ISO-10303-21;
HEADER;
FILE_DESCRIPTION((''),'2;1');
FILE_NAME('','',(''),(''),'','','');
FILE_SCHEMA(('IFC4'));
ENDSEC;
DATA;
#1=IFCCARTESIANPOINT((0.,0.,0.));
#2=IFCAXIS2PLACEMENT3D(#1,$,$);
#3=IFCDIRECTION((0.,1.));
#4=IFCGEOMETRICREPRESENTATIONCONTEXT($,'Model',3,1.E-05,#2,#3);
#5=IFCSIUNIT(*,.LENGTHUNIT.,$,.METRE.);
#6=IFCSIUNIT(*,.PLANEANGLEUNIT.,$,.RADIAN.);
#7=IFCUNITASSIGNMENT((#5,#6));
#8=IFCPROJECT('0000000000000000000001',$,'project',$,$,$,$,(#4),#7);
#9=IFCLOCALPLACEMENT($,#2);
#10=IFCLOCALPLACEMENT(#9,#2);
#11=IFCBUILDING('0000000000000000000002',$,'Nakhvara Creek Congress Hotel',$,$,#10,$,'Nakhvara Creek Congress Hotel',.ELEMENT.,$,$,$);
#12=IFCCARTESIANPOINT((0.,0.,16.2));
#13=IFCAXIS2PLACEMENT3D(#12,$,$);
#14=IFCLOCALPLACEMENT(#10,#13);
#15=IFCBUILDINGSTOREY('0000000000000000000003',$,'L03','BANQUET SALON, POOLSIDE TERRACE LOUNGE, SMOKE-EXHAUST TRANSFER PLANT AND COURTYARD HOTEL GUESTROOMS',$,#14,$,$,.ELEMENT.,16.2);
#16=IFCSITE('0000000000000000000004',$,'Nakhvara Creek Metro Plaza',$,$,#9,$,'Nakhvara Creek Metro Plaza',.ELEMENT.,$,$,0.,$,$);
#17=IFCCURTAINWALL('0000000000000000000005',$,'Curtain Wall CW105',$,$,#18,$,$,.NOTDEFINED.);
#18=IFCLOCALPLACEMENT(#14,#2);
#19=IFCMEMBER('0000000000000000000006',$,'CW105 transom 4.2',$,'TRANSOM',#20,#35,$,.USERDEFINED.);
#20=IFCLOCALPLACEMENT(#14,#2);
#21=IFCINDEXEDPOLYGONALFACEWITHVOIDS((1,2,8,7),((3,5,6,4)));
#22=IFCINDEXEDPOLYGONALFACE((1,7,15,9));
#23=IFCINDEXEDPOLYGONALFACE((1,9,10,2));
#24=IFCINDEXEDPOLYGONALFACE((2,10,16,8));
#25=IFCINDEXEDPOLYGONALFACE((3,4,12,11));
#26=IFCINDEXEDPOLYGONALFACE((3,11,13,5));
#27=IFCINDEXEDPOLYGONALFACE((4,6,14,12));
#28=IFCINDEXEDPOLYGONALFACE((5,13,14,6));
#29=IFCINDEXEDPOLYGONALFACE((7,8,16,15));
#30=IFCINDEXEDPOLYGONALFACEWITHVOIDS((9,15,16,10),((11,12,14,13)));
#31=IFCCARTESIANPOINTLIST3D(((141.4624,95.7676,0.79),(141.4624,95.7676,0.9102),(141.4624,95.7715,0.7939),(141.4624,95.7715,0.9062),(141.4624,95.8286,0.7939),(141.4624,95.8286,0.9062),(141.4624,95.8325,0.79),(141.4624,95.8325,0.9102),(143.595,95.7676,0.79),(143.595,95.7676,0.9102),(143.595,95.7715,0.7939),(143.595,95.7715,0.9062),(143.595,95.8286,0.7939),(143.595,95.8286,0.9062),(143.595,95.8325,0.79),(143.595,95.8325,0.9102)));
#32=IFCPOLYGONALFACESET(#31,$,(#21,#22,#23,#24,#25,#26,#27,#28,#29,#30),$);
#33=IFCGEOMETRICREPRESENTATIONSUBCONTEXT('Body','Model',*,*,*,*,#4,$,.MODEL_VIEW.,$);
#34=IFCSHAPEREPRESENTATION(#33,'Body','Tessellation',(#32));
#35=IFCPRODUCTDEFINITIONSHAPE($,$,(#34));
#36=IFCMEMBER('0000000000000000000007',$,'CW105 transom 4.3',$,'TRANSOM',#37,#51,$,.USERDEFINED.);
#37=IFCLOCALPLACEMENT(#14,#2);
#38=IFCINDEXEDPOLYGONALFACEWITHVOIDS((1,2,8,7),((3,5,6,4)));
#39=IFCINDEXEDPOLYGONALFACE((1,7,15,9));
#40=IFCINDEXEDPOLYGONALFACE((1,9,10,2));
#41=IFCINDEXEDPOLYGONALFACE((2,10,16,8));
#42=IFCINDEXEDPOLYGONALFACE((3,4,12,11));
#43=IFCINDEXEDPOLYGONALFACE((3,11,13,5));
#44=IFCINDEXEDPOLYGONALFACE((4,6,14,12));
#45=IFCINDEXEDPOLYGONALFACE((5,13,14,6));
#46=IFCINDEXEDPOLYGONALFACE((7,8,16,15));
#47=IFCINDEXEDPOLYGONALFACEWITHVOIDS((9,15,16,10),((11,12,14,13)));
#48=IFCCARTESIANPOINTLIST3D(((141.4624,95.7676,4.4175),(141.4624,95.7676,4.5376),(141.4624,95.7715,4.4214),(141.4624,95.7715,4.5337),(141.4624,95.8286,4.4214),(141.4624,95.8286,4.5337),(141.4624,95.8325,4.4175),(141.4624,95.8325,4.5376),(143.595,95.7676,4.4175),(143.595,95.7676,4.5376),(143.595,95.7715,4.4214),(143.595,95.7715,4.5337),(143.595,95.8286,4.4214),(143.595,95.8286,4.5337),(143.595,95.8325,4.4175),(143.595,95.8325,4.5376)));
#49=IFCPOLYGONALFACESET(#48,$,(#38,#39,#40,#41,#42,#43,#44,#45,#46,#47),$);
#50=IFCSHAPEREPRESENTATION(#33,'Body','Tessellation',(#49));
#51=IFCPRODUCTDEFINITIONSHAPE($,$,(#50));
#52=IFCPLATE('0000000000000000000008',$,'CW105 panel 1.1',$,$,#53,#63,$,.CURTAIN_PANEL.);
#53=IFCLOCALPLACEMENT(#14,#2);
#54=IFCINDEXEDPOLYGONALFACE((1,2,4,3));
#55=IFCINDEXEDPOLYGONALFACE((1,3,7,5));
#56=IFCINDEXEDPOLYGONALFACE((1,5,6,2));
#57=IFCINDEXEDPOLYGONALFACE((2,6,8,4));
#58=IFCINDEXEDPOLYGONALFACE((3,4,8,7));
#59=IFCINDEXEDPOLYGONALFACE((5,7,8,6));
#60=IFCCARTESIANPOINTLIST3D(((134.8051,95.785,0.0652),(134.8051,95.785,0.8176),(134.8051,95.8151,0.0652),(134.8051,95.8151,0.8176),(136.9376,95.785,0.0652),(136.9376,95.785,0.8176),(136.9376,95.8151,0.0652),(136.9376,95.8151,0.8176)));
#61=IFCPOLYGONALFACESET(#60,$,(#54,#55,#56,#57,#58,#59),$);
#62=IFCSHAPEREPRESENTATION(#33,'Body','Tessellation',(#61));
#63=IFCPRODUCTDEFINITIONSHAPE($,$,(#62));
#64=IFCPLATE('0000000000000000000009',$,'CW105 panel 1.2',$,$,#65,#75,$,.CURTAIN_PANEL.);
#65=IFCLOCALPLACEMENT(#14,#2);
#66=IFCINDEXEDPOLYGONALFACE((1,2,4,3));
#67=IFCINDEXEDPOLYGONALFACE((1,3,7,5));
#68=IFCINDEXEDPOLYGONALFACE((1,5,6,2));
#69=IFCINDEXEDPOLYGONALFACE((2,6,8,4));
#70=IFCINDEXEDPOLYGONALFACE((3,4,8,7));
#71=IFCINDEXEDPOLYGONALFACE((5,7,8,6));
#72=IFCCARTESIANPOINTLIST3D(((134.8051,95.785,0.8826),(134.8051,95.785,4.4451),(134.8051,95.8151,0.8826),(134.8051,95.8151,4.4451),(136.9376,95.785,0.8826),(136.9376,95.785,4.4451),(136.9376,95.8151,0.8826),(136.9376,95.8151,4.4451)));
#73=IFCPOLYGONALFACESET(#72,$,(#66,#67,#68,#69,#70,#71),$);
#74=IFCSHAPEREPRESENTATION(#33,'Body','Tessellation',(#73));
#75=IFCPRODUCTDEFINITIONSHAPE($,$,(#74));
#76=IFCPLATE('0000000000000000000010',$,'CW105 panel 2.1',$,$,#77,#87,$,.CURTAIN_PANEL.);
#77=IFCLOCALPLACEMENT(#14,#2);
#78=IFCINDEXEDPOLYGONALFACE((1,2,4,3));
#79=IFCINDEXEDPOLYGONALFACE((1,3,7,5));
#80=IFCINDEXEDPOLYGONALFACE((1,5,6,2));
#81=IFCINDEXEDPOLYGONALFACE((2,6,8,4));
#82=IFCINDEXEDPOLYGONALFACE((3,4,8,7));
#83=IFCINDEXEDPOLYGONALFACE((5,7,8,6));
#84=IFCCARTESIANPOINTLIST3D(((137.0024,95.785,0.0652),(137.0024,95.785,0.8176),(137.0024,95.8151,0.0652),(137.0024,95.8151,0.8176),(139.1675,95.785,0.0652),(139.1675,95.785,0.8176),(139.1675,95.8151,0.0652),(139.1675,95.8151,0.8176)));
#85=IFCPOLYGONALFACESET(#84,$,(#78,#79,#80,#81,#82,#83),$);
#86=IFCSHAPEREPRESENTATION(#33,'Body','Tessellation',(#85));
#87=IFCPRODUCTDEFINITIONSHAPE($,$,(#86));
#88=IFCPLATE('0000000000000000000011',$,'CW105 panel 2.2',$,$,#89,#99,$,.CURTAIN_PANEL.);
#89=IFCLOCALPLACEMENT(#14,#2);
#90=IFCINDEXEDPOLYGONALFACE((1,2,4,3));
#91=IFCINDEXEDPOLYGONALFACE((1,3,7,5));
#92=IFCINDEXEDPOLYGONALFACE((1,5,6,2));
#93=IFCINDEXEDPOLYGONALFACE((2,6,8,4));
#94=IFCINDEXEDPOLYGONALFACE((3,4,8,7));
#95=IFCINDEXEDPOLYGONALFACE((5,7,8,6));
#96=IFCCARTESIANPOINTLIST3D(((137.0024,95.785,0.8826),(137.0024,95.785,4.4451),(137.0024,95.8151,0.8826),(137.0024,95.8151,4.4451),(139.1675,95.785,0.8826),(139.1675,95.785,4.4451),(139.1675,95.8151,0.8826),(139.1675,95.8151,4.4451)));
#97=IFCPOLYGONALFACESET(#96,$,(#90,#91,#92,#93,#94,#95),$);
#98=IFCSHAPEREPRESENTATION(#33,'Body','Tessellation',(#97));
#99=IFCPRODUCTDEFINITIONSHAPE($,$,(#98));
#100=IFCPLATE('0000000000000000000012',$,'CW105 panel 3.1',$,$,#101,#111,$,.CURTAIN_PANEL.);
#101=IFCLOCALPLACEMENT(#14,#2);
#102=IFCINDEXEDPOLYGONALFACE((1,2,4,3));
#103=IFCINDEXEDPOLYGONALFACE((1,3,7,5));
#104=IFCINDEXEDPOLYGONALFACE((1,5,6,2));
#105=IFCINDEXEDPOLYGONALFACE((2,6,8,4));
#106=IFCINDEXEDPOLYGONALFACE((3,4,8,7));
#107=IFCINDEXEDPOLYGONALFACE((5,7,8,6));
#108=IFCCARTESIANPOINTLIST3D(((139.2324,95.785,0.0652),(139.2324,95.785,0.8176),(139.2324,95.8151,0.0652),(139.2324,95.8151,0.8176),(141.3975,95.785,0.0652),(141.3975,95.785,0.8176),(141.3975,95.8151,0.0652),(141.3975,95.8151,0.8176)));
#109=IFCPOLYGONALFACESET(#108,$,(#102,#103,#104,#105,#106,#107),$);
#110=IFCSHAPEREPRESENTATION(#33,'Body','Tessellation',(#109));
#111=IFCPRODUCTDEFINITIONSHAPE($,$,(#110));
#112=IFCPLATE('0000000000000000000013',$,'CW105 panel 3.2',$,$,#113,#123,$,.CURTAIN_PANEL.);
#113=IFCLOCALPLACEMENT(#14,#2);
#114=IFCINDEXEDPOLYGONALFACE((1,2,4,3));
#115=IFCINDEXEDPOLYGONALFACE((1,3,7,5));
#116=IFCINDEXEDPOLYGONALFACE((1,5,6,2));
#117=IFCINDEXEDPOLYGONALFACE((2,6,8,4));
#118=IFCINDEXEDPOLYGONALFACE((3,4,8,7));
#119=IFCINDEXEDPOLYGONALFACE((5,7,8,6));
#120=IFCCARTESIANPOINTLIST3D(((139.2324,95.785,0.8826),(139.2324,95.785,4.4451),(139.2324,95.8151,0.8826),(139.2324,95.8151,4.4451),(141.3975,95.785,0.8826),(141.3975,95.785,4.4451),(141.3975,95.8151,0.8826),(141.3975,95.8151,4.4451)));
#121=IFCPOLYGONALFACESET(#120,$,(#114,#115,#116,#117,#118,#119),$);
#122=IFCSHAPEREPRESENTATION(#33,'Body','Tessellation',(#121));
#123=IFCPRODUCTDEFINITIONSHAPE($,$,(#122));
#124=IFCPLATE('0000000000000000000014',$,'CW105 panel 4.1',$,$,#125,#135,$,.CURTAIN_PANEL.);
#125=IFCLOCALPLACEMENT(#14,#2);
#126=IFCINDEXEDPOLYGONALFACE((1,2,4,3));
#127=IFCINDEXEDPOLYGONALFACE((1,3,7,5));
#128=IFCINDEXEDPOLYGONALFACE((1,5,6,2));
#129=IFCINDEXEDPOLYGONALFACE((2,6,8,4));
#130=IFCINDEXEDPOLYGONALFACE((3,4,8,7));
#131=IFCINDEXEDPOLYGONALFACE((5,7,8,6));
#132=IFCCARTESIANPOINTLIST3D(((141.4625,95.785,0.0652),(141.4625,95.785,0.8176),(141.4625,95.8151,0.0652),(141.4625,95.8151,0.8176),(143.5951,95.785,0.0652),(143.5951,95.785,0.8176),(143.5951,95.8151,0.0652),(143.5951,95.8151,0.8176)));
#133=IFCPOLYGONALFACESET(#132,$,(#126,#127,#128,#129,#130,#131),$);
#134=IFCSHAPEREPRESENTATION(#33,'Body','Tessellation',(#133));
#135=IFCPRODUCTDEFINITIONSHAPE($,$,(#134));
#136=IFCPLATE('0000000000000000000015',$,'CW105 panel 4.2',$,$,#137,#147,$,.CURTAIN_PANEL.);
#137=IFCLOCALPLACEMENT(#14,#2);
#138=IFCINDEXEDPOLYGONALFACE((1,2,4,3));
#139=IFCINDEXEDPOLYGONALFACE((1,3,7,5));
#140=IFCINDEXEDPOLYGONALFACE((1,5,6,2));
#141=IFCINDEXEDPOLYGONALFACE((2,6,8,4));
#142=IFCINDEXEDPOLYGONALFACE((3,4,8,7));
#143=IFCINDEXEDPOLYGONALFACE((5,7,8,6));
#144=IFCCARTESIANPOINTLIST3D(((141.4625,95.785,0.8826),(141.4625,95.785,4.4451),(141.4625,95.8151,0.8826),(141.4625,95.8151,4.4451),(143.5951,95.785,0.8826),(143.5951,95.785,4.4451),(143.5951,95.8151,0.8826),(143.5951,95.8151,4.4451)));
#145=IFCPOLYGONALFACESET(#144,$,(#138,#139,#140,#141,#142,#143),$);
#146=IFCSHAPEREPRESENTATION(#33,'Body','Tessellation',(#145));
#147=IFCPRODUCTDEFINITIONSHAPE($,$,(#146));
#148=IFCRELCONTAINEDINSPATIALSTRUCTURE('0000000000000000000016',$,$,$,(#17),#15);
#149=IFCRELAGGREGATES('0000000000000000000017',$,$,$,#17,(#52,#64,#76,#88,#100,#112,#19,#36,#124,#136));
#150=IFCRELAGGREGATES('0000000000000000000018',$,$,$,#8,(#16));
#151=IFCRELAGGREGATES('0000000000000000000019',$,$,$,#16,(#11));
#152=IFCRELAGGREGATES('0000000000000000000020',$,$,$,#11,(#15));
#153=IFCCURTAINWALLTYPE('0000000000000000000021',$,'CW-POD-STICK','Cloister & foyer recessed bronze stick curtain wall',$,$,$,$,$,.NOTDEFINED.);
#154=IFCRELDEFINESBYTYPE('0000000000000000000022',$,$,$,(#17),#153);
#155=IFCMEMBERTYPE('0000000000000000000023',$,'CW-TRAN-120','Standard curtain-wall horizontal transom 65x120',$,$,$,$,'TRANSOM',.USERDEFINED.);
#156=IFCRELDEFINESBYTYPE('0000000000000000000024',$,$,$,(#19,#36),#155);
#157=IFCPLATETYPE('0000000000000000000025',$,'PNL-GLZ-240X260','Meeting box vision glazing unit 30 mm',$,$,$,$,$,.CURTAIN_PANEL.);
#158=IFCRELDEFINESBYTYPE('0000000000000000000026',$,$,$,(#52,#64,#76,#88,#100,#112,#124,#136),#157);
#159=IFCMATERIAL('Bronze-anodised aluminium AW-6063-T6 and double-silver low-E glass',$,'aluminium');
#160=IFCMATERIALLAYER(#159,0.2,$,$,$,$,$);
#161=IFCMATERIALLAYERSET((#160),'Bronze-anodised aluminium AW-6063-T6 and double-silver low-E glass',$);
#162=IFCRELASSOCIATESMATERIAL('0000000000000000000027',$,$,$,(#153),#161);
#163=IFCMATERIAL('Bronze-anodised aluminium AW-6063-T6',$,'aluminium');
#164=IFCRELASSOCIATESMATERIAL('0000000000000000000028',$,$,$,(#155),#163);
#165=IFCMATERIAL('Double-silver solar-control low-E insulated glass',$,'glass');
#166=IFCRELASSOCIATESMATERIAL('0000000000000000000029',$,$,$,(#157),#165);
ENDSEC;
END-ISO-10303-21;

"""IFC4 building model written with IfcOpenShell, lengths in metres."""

from ifc_helpers import new_model, si_unit, direction, frame, origin, origin_2d, place, context, subcontext, project, spatial, rectangle, hollow_rectangle, extrude, material, layer, layer_set, material_profile, profile_set, type_object, element, aggregate, save


model = new_model("IFC4")

# Units and contexts
model_context = context("Model", 3, precision=1e-05, world=origin(), true_north=direction((0.0, 1.0)))
body_context = subcontext(model_context, "Body", "Model", "MODEL_VIEW")
ifc_project = project(units=[si_unit("LENGTHUNIT", "METRE"), si_unit("PLANEANGLEUNIT", "RADIAN")], contexts=[model_context])

# Site, building, storey
site_placement = place(None, origin())
site = spatial("IfcSite", under=ifc_project, at=site_placement, Name="Nakhvara Creek Metro Plaza", LongName="Nakhvara Creek Metro Plaza", CompositionType="ELEMENT", RefElevation=0.0)
building_placement = place(site_placement, origin())
building = spatial("IfcBuilding", under=site, at=building_placement, Name="Nakhvara Creek Congress Hotel", LongName="Nakhvara Creek Congress Hotel", CompositionType="ELEMENT")
storey_placement = place(building_placement, frame((0.0, 0.0, 16.2)))
storey = spatial("IfcBuildingStorey", under=building, at=storey_placement, Name="L03", Description="BANQUET SALON, POOLSIDE TERRACE LOUNGE, SMOKE-EXHAUST TRANSFER PLANT AND COURTYARD HOTEL GUESTROOMS", CompositionType="ELEMENT", Elevation=16.2)

# Curtain wall, members, plates
ifc_material_1 = material(Name="Bronze-anodised aluminium AW-6063-T6 and double-silver low-E glass", Category="aluminium")
ifc_layer = layer(ifc_material_1, 0.2)
ifc_layer_set = layer_set([ifc_layer], Name="Bronze-anodised aluminium AW-6063-T6 and double-silver low-E glass")
curtain_wall_type = type_object("IfcCurtainWallType", Name="CW-POD-STICK", Description="Cloister & foyer recessed bronze stick curtain wall", PredefinedType="NOTDEFINED", material=ifc_layer_set)
curtain_wall_placement = place(storey_placement, origin())
curtain_wall = element("IfcCurtainWall", 1, at=curtain_wall_placement, inside=storey, type_object=curtain_wall_type, Name="Curtain Wall CW105", PredefinedType="NOTDEFINED")
ifc_material_2 = material(Name="Bronze-anodised aluminium AW-6063-T6", Category="aluminium")
ifc_material_profile_1 = material_profile(ifc_material_2, hollow_rectangle(XDim=0.0649, YDim=0.1201, WallThickness=0.0039, at=origin_2d()), Name="ALU-TRAN 65x120x4", Category="LoadBearing")
ifc_profile_set_1 = profile_set([ifc_material_profile_1], Name="Bronze-anodised aluminium AW-6063-T6")
member_type_1 = type_object("IfcMemberType", Name="CW-TRAN-120", Description="Standard curtain-wall horizontal transom 65x120", ElementType="TRANSOM", PredefinedType="USERDEFINED", material=ifc_profile_set_1)
member_1_placement = place(storey_placement, frame((141.4624, 95.8, 0.8501), z_axis=(1.0, 0.0, 0.0), x_axis=(0.0, 1.0, 0.0)))
member_1 = element("IfcMember", 2, at=member_1_placement, type_object=member_type_1, Name="CW105 transom 4.2", ObjectType="TRANSOM", PredefinedType="USERDEFINED", context=body_context, shape_type="SweptSolid", body=[
    extrude(hollow_rectangle(XDim=0.0649, YDim=0.1201, WallThickness=0.0039, at=origin_2d()), origin(), (0.0, 0.0, 1.0), 2.1326),
])
member_2_placement = place(storey_placement, frame((141.4624, 95.8, 4.4775), z_axis=(1.0, 0.0, 0.0), x_axis=(0.0, 1.0, 0.0)))
member_2 = element("IfcMember", 3, at=member_2_placement, type_object=member_type_1, Name="CW105 transom 4.3", ObjectType="TRANSOM", PredefinedType="USERDEFINED", context=body_context, shape_type="SweptSolid", body=[
    extrude(hollow_rectangle(XDim=0.0649, YDim=0.1201, WallThickness=0.0039, at=origin_2d()), origin(), (0.0, 0.0, 1.0), 2.1326),
])
ifc_material_3 = material(Name="Double-silver solar-control low-E insulated glass", Category="glass")
plate_type = type_object("IfcPlateType", Name="PNL-GLZ-240X260", Description="Meeting box vision glazing unit 30 mm", PredefinedType="CURTAIN_PANEL", material=ifc_material_3)
plate_1_placement = place(storey_placement, frame((135.8713, 95.8, 0.0652), z_axis=(0.0, 0.0, 1.0), x_axis=(1.0, 0.0, 0.0)))
plate_1 = element("IfcPlate", 4, at=plate_1_placement, type_object=plate_type, Name="CW105 panel 1.1", PredefinedType="CURTAIN_PANEL", context=body_context, shape_type="SweptSolid", body=[
    extrude(rectangle(XDim=2.1326, YDim=0.03, at=origin_2d()), origin(), (0.0, 0.0, 1.0), 0.7524),
])
plate_2_placement = place(storey_placement, frame((135.8713, 95.8, 0.8826), z_axis=(0.0, 0.0, 1.0), x_axis=(1.0, 0.0, 0.0)))
plate_2 = element("IfcPlate", 5, at=plate_2_placement, type_object=plate_type, Name="CW105 panel 1.2", PredefinedType="CURTAIN_PANEL", context=body_context, shape_type="SweptSolid", body=[
    extrude(rectangle(XDim=2.1326, YDim=0.03, at=origin_2d()), origin(), (0.0, 0.0, 1.0), 3.5625),
])
plate_3_placement = place(storey_placement, frame((138.085, 95.8, 0.0652), z_axis=(0.0, 0.0, 1.0), x_axis=(1.0, 0.0, 0.0)))
plate_3 = element("IfcPlate", 6, at=plate_3_placement, type_object=plate_type, Name="CW105 panel 2.1", PredefinedType="CURTAIN_PANEL", context=body_context, shape_type="SweptSolid", body=[
    extrude(rectangle(XDim=2.165, YDim=0.03, at=origin_2d()), origin(), (0.0, 0.0, 1.0), 0.7524),
])
plate_4_placement = place(storey_placement, frame((138.085, 95.8, 0.8826), z_axis=(0.0, 0.0, 1.0), x_axis=(1.0, 0.0, 0.0)))
plate_4 = element("IfcPlate", 7, at=plate_4_placement, type_object=plate_type, Name="CW105 panel 2.2", PredefinedType="CURTAIN_PANEL", context=body_context, shape_type="SweptSolid", body=[
    extrude(rectangle(XDim=2.165, YDim=0.03, at=origin_2d()), origin(), (0.0, 0.0, 1.0), 3.5625),
])
plate_5_placement = place(storey_placement, frame((140.3149, 95.8, 0.0652), z_axis=(0.0, 0.0, 1.0), x_axis=(1.0, 0.0, 0.0)))
plate_5 = element("IfcPlate", 8, at=plate_5_placement, type_object=plate_type, Name="CW105 panel 3.1", PredefinedType="CURTAIN_PANEL", context=body_context, shape_type="SweptSolid", body=[
    extrude(rectangle(XDim=2.165, YDim=0.03, at=origin_2d()), origin(), (0.0, 0.0, 1.0), 0.7524),
])
plate_6_placement = place(storey_placement, frame((140.3149, 95.8, 0.8826), z_axis=(0.0, 0.0, 1.0), x_axis=(1.0, 0.0, 0.0)))
plate_6 = element("IfcPlate", 9, at=plate_6_placement, type_object=plate_type, Name="CW105 panel 3.2", PredefinedType="CURTAIN_PANEL", context=body_context, shape_type="SweptSolid", body=[
    extrude(rectangle(XDim=2.165, YDim=0.03, at=origin_2d()), origin(), (0.0, 0.0, 1.0), 3.5625),
])
plate_7_placement = place(storey_placement, frame((142.5288, 95.8, 0.0652), z_axis=(0.0, 0.0, 1.0), x_axis=(1.0, 0.0, 0.0)))
plate_7 = element("IfcPlate", 10, at=plate_7_placement, type_object=plate_type, Name="CW105 panel 4.1", PredefinedType="CURTAIN_PANEL", context=body_context, shape_type="SweptSolid", body=[
    extrude(rectangle(XDim=2.1326, YDim=0.03, at=origin_2d()), origin(), (0.0, 0.0, 1.0), 0.7524),
])
plate_8_placement = place(storey_placement, frame((142.5288, 95.8, 0.8826), z_axis=(0.0, 0.0, 1.0), x_axis=(1.0, 0.0, 0.0)))
plate_8 = element("IfcPlate", 11, at=plate_8_placement, type_object=plate_type, Name="CW105 panel 4.2", PredefinedType="CURTAIN_PANEL", context=body_context, shape_type="SweptSolid", body=[
    extrude(rectangle(XDim=2.1326, YDim=0.03, at=origin_2d()), origin(), (0.0, 0.0, 1.0), 3.5625),
])
aggregate(curtain_wall, [plate_1, plate_2, plate_3, plate_4, plate_5, plate_6, member_1, member_2, plate_7, plate_8])

save(model, "model.ifc")
